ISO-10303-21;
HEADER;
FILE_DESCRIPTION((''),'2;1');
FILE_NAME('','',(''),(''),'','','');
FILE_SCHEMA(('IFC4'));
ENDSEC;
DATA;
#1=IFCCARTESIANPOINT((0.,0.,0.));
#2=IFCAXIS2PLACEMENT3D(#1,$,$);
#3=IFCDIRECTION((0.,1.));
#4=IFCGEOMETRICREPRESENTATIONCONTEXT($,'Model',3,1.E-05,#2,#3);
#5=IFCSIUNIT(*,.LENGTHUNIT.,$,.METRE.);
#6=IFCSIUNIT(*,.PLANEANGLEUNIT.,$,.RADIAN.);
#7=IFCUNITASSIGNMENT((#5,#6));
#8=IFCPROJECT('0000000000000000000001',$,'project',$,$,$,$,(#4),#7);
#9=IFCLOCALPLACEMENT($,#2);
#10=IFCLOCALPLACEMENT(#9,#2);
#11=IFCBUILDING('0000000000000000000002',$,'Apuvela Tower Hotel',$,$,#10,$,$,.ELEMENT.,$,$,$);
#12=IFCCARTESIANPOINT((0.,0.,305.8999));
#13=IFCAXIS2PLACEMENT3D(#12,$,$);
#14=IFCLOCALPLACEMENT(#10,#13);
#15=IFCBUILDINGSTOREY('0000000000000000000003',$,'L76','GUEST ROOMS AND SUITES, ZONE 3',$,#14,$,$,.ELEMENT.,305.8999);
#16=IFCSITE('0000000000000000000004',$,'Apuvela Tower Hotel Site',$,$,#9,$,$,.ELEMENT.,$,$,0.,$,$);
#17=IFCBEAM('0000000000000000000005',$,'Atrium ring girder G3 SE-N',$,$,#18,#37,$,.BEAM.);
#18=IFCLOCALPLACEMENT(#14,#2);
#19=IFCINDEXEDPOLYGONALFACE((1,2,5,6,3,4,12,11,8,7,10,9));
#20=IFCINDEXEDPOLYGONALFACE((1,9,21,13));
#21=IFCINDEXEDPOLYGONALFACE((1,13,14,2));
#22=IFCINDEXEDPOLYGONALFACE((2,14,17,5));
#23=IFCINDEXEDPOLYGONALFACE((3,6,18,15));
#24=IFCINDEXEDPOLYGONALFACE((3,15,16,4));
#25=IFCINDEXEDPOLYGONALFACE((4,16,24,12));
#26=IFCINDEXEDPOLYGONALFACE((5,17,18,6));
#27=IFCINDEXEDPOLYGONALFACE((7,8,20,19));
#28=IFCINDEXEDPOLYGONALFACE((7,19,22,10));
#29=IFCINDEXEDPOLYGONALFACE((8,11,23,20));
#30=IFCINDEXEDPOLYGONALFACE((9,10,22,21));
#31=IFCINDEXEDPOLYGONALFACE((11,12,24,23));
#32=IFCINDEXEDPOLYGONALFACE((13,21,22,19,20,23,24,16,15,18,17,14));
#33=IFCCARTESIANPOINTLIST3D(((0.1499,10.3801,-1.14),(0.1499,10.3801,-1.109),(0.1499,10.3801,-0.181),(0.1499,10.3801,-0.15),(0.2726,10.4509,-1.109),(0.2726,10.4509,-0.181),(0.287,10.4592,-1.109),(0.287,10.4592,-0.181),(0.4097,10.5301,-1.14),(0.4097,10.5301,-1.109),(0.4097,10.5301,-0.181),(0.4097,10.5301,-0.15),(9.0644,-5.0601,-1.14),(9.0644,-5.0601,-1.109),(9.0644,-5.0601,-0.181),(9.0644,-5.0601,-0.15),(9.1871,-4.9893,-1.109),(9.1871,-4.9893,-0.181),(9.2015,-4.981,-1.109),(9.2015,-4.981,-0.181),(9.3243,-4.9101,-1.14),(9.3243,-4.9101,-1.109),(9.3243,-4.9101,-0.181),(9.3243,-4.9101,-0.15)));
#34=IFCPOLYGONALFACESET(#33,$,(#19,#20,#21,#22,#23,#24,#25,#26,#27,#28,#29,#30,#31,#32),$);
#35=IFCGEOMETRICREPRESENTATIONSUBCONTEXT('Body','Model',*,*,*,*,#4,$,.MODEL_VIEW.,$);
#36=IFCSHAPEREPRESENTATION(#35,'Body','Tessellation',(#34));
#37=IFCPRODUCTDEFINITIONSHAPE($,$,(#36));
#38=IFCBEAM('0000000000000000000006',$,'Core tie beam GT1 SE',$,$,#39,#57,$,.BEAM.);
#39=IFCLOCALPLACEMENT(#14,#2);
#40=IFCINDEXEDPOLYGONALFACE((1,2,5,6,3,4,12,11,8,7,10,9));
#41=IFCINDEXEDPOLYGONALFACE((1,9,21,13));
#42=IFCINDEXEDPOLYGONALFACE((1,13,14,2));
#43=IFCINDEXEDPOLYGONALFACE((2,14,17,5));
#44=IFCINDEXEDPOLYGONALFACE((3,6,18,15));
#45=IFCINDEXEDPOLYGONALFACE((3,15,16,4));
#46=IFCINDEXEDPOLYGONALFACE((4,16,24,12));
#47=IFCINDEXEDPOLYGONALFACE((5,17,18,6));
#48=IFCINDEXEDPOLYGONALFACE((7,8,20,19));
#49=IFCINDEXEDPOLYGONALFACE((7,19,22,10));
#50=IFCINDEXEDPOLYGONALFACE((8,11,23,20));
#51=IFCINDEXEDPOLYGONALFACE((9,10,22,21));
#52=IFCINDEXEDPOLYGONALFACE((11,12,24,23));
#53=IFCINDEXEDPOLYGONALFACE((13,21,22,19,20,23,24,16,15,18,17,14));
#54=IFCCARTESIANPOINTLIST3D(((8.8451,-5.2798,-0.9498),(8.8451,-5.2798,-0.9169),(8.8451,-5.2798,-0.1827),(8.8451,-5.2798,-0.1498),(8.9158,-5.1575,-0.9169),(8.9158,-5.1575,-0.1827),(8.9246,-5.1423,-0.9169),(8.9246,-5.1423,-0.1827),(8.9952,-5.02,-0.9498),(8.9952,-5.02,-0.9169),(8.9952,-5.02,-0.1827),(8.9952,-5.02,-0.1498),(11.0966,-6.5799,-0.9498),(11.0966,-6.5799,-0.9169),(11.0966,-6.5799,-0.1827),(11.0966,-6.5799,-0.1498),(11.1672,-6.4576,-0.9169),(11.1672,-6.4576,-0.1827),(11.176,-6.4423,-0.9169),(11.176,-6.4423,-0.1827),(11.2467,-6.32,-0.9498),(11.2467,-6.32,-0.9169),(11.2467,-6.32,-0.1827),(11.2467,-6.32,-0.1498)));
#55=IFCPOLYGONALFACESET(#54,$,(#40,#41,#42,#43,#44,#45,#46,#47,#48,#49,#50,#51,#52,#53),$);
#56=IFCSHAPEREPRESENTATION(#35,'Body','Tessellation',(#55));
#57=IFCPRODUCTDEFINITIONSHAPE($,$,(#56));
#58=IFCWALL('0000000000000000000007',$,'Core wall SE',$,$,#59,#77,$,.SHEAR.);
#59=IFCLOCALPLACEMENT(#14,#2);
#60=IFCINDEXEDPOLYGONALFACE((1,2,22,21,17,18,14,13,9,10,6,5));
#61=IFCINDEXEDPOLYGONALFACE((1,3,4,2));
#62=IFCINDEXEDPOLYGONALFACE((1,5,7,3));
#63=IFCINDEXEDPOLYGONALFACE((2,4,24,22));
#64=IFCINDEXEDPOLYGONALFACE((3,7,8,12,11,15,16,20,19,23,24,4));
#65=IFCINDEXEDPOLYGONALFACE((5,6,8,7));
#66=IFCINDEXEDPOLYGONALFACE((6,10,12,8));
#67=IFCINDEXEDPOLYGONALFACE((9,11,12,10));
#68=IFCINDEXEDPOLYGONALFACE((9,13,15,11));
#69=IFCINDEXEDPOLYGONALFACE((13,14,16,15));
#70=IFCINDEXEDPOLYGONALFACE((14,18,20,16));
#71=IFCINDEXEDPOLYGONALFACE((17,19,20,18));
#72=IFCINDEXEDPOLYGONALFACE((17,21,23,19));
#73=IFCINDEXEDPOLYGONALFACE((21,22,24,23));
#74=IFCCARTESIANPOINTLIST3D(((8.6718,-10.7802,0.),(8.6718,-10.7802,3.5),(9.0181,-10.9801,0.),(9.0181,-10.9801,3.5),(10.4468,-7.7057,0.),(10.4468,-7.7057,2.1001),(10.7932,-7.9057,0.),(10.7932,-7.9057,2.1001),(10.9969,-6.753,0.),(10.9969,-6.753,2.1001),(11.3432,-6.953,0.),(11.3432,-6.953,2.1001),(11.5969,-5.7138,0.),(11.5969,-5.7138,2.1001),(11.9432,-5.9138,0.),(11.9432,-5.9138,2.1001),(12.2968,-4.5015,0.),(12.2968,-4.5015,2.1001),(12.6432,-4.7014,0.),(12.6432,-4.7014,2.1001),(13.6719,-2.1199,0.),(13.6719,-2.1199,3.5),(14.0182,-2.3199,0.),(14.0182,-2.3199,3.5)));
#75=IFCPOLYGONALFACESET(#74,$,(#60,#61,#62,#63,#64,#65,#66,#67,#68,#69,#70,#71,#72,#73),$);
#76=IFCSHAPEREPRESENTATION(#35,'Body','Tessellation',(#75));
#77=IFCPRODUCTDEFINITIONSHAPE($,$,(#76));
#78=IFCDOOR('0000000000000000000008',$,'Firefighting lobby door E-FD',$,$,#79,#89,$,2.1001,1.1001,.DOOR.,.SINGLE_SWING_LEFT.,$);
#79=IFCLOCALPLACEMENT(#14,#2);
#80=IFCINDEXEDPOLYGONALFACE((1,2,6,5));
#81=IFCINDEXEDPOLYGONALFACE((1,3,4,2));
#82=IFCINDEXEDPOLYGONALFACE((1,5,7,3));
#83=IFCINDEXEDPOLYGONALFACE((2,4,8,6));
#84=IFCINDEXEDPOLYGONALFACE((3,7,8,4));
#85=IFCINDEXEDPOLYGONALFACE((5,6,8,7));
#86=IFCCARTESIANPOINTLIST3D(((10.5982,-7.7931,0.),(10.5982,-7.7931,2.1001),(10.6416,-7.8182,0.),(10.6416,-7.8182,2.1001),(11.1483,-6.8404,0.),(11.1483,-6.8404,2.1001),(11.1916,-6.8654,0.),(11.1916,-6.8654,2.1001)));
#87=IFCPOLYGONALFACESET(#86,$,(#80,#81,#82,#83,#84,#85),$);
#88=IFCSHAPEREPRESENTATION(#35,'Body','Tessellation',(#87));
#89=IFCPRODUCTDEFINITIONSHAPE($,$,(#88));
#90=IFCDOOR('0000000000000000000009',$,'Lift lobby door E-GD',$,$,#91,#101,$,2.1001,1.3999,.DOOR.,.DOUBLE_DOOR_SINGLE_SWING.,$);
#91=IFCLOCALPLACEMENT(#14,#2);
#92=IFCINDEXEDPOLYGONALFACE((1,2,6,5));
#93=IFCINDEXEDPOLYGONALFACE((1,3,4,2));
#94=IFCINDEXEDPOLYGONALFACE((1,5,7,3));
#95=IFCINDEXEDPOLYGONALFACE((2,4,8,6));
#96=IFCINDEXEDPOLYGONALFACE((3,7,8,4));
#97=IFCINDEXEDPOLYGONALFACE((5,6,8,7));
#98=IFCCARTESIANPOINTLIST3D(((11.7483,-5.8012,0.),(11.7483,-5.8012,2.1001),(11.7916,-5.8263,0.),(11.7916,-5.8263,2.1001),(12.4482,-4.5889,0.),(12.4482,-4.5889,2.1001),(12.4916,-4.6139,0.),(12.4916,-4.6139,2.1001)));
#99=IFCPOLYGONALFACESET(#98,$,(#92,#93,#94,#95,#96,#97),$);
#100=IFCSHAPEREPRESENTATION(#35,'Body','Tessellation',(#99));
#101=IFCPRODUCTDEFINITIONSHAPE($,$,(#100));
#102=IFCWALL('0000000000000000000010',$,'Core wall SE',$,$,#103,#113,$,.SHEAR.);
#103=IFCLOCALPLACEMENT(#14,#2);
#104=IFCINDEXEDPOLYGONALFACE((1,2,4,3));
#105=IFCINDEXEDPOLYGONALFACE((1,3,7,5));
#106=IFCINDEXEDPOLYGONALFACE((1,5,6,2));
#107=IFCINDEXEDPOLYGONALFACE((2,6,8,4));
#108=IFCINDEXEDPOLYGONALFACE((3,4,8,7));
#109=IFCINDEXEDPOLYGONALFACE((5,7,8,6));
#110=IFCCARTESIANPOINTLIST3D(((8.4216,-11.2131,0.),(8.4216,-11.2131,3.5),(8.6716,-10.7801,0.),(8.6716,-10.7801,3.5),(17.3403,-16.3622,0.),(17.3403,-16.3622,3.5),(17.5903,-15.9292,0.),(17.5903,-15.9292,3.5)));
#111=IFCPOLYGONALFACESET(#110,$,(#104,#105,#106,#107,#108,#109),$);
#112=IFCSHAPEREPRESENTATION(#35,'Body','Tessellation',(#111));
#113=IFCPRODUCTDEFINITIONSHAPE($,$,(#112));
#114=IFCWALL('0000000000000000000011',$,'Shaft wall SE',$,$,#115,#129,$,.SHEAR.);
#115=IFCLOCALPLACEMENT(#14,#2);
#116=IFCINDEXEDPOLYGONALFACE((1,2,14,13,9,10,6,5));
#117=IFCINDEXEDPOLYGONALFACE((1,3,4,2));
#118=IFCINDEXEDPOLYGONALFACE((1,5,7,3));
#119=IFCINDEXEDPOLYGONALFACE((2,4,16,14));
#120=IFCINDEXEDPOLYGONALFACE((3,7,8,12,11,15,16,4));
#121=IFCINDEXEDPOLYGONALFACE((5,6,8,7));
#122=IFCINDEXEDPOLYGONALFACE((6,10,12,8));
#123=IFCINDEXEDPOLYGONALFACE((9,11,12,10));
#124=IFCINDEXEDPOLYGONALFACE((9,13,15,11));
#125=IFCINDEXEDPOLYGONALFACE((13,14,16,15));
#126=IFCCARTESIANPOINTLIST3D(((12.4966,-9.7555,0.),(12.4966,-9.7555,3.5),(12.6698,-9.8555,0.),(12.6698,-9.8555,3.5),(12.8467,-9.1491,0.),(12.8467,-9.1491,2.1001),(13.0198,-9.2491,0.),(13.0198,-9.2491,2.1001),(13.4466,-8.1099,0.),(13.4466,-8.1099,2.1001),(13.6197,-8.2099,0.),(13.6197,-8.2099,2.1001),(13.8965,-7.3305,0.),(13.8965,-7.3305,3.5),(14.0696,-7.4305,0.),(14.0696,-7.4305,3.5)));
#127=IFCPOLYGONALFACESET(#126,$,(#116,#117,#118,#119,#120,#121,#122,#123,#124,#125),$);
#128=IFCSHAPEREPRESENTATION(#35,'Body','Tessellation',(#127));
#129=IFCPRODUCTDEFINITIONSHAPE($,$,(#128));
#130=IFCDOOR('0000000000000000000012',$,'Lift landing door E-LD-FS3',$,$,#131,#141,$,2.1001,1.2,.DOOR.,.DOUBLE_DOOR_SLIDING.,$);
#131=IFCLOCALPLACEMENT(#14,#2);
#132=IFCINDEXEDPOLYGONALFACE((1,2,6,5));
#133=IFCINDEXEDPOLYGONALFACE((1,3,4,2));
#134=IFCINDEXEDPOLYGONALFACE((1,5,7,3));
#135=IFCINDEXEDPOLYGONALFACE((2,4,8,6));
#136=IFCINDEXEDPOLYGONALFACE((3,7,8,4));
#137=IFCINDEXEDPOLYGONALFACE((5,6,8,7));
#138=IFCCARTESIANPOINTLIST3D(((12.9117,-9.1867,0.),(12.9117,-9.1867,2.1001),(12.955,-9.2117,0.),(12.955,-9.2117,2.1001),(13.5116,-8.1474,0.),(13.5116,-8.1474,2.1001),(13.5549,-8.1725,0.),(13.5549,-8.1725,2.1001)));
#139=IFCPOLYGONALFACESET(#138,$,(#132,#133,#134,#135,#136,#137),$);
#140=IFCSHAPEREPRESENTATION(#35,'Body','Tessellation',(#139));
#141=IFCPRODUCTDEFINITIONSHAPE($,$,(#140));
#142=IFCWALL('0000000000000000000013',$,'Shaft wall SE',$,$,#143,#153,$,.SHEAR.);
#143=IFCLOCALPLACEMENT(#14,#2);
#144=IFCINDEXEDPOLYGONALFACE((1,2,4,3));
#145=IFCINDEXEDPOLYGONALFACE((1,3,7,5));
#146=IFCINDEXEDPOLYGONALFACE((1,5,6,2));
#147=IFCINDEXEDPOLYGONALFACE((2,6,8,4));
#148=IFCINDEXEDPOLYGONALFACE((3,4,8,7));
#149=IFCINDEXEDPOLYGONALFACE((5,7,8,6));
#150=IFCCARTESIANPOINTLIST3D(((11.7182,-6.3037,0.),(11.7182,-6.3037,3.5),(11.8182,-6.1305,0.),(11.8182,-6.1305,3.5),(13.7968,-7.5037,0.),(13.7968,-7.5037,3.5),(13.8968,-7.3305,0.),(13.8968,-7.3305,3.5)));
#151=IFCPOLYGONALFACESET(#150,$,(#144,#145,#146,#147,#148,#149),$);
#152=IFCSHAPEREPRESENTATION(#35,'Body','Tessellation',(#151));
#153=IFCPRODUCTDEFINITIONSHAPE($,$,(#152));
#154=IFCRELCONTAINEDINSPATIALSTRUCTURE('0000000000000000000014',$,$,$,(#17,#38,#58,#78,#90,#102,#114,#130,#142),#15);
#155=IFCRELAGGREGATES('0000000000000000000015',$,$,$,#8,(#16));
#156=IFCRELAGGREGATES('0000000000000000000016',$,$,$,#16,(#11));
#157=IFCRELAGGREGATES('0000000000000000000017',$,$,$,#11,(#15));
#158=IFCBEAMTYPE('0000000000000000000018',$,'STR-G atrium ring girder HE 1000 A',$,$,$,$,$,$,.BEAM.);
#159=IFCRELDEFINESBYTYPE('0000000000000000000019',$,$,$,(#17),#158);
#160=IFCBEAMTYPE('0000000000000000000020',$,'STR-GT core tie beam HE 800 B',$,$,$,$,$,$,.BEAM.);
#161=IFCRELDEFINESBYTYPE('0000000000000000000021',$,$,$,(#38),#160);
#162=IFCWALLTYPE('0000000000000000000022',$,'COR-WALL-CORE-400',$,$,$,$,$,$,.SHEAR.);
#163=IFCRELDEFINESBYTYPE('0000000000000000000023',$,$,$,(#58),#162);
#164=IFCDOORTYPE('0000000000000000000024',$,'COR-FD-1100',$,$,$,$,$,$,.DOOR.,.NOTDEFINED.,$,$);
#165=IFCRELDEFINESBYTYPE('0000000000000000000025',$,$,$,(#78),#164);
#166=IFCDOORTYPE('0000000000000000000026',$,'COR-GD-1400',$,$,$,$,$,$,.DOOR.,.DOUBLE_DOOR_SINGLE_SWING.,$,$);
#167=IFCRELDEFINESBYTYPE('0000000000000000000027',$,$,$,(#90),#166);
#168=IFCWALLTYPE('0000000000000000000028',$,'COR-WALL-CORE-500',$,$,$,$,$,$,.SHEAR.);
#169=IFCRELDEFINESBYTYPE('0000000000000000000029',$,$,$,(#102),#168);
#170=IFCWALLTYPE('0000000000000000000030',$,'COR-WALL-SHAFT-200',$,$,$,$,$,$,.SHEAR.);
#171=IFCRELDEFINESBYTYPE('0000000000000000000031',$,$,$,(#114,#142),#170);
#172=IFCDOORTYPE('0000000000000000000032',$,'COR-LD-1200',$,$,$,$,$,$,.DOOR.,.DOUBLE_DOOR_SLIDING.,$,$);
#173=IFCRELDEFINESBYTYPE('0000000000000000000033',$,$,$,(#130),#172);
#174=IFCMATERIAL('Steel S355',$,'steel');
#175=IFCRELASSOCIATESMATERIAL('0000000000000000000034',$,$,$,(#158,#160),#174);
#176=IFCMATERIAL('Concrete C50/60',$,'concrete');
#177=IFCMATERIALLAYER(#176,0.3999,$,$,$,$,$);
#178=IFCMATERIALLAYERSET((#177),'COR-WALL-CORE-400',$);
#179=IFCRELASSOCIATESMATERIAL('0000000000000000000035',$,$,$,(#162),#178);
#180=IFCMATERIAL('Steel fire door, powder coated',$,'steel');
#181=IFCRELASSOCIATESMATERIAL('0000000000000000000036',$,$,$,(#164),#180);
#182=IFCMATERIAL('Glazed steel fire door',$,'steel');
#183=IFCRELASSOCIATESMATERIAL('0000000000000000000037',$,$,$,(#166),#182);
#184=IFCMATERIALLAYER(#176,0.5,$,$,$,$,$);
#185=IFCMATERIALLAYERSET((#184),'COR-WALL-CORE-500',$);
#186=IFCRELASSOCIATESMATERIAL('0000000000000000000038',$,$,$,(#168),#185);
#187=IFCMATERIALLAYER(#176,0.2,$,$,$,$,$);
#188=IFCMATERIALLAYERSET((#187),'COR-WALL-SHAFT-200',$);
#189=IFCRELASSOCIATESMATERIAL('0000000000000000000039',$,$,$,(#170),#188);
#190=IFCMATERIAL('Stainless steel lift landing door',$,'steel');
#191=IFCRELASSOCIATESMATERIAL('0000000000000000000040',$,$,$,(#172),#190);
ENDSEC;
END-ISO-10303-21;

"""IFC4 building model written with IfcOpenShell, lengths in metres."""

from ifc_helpers import new_model, si_unit, direction, frame, frame_2d, origin, origin_2d, place, context, subcontext, project, spatial, rectangle, i_section, extrude, material, layer, layer_set, material_profile, profile_set, type_object, element, fill, save


model = new_model("IFC4")

# Units and contexts
model_context = context("Model", 3, precision=1e-05, world=origin(), true_north=direction((0.0, 1.0)))
body_context = subcontext(model_context, "Body", "Model", "MODEL_VIEW")
ifc_project = project(units=[si_unit("LENGTHUNIT", "METRE"), si_unit("PLANEANGLEUNIT", "RADIAN")], contexts=[model_context])

# Site, building, storey
site_placement = place(None, origin())
site = spatial("IfcSite", under=ifc_project, at=site_placement, Name="Apuvela Tower Hotel Site", CompositionType="ELEMENT", RefElevation=0.0)
building_placement = place(site_placement, origin())
building = spatial("IfcBuilding", under=site, at=building_placement, Name="Apuvela Tower Hotel", CompositionType="ELEMENT")
storey_placement = place(building_placement, frame((0.0, 0.0, 305.8999)))
storey = spatial("IfcBuildingStorey", under=building, at=storey_placement, Name="L76", Description="GUEST ROOMS AND SUITES, ZONE 3", CompositionType="ELEMENT", Elevation=305.8999)

# Beams
ifc_material_1 = material(Name="Steel S355", Category="steel")
ifc_material_profile_1 = material_profile(ifc_material_1, i_section(OverallWidth=0.3, OverallDepth=0.99, WebThickness=0.0166, FlangeThickness=0.031, at=origin_2d()), Name="HE 1000 A")
ifc_profile_set_1 = profile_set([ifc_material_profile_1], Name="Steel S355")
beam_type_1 = type_object("IfcBeamType", Name="STR-G atrium ring girder HE 1000 A", PredefinedType="BEAM", material=ifc_profile_set_1)
beam_1_placement = place(storey_placement, frame((9.1943, -4.9851, -0.645), z_axis=(-0.500007, 0.866022, 0.0), x_axis=(-0.866022, -0.500007, 0.0)))
element("IfcBeam", 1, at=beam_1_placement, inside=storey, type_object=beam_type_1, Name="Atrium ring girder G3 SE-N", PredefinedType="BEAM", context=body_context, shape_type="SweptSolid", body=[
    extrude(i_section(OverallWidth=0.3, OverallDepth=0.99, WebThickness=0.0166, FlangeThickness=0.031, at=origin_2d()), origin(), (0.0, 0.0, 1.0), 17.8289),
])
ifc_material_profile_2 = material_profile(ifc_material_1, i_section(OverallWidth=0.3, OverallDepth=0.8, WebThickness=0.0176, FlangeThickness=0.033, at=origin_2d()), Name="HE 800 B")
ifc_profile_set_2 = profile_set([ifc_material_profile_2], Name="Steel S355")
beam_type_2 = type_object("IfcBeamType", Name="STR-GT core tie beam HE 800 B", PredefinedType="BEAM", material=ifc_profile_set_2)
beam_2_placement = place(storey_placement, frame((11.1716, -6.45, -0.5498), z_axis=(-0.865998, 0.500048, 0.0), x_axis=(-0.500048, -0.865998, 0.0)))
element("IfcBeam", 2, at=beam_2_placement, inside=storey, type_object=beam_type_2, Name="Core tie beam GT1 SE", PredefinedType="BEAM", context=body_context, shape_type="SweptSolid", body=[
    extrude(i_section(OverallWidth=0.3, OverallDepth=0.8, WebThickness=0.0176, FlangeThickness=0.033, at=origin_2d()), origin(), (0.0, 0.0, 1.0), 2.5999),
])

# Wall, openings, doors
ifc_material_2 = material(Name="Concrete C50/60", Category="concrete")
ifc_layer_1 = layer(ifc_material_2, 0.3999)
ifc_layer_set_1 = layer_set([ifc_layer_1], Name="COR-WALL-CORE-400")
wall_type_1 = type_object("IfcWallType", Name="COR-WALL-CORE-400", PredefinedType="SHEAR", material=ifc_layer_set_1)
wall_1_placement = place(storey_placement, frame((8.845, -10.8801, 0.0), z_axis=(0.0, 0.0, 1.0), x_axis=(0.500004, 0.866023, 0.0)))
wall_1 = element("IfcWall", 3, at=wall_1_placement, inside=storey, type_object=wall_type_1, Name="Core wall SE", PredefinedType="SHEAR", context=body_context, shape_type="SweptSolid", body=[
    extrude(rectangle(XDim=10.0, YDim=0.3999, at=frame_2d((5.0, 0.0))), origin(), (0.0, 0.0, 1.0), 3.5),
])
opening_1_placement = place(wall_1_placement, frame((3.55, 0.0, 0.0)))
opening_1 = element("IfcOpeningElement", 4, at=opening_1_placement, cuts=wall_1, PredefinedType="OPENING", context=body_context, shape_type="SweptSolid", body=[
    extrude(rectangle(XDim=1.1001, YDim=2.1001, at=frame_2d((0.55, 1.05))), frame((0.0, 0.21, 0.0), z_axis=(0.0, -1.0, 0.0), x_axis=(1.0, 0.0, 0.0)), (0.0, 0.0, 1.0), 0.4199),
])
opening_2_placement = place(wall_1_placement, frame((5.8501, 0.0, 0.0)))
opening_2 = element("IfcOpeningElement", 5, at=opening_2_placement, cuts=wall_1, PredefinedType="OPENING", context=body_context, shape_type="SweptSolid", body=[
    extrude(rectangle(XDim=1.3999, YDim=2.1001, at=frame_2d((0.7, 1.05))), frame((0.0, 0.21, 0.0), z_axis=(0.0, -1.0, 0.0), x_axis=(1.0, 0.0, 0.0)), (0.0, 0.0, 1.0), 0.4199),
])
ifc_material_3 = material(Name="Steel fire door, powder coated", Category="steel")
door_type_1 = type_object("IfcDoorType", Name="COR-FD-1100", OperationType="NOTDEFINED", PredefinedType="DOOR", material=ifc_material_3)
door_1_placement = place(opening_1_placement, frame((1.1001, 0.0, 0.0), z_axis=(0.0, 0.0, 1.0), x_axis=(-1.0, 0.0, 0.0)))
door_1 = element("IfcDoor", 6, at=door_1_placement, inside=storey, type_object=door_type_1, Name="Firefighting lobby door E-FD", OperationType="SINGLE_SWING_LEFT", OverallHeight=2.1001, OverallWidth=1.1001, PredefinedType="DOOR", context=body_context, shape_type="SweptSolid", body=[
    extrude(rectangle(XDim=1.1001, YDim=2.1001, at=frame_2d((0.55, 1.05))), frame((0.0, 0.0249, 0.0), z_axis=(0.0, -1.0, 0.0), x_axis=(1.0, 0.0, 0.0)), (0.0, 0.0, 1.0), 0.05),
])
fill(opening_1, door_1)
ifc_material_4 = material(Name="Glazed steel fire door", Category="steel")
door_type_2 = type_object("IfcDoorType", Name="COR-GD-1400", OperationType="DOUBLE_DOOR_SINGLE_SWING", PredefinedType="DOOR", material=ifc_material_4)
door_2_placement = place(opening_2_placement, frame((1.3999, 0.0, 0.0), z_axis=(0.0, 0.0, 1.0), x_axis=(-1.0, 0.0, 0.0)))
door_2 = element("IfcDoor", 7, at=door_2_placement, inside=storey, type_object=door_type_2, Name="Lift lobby door E-GD", OperationType="DOUBLE_DOOR_SINGLE_SWING", OverallHeight=2.1001, OverallWidth=1.3999, PredefinedType="DOOR", context=body_context, shape_type="SweptSolid", body=[
    extrude(rectangle(XDim=1.3999, YDim=2.1001, at=frame_2d((0.7, 1.05))), frame((0.0, 0.0249, 0.0), z_axis=(0.0, -1.0, 0.0), x_axis=(1.0, 0.0, 0.0)), (0.0, 0.0, 1.0), 0.05),
])
fill(opening_2, door_2)

# Wall
ifc_layer_2 = layer(ifc_material_2, 0.5)
ifc_layer_set_2 = layer_set([ifc_layer_2], Name="COR-WALL-CORE-500")
wall_type_2 = type_object("IfcWallType", Name="COR-WALL-CORE-500", PredefinedType="SHEAR", material=ifc_layer_set_2)
wall_2_placement = place(storey_placement, frame((8.5466, -10.9966, 0.0), z_axis=(0.0, 0.0, 1.0), x_axis=(0.866027, -0.499997, 0.0)))
element("IfcWall", 8, at=wall_2_placement, inside=storey, type_object=wall_type_2, Name="Core wall SE", PredefinedType="SHEAR", context=body_context, shape_type="SweptSolid", body=[
    extrude(rectangle(XDim=10.2983, YDim=0.5, at=frame_2d((5.1492, 0.0))), origin(), (0.0, 0.0, 1.0), 3.5),
])

# Wall, opening, door
ifc_layer_3 = layer(ifc_material_2, 0.2)
ifc_layer_set_3 = layer_set([ifc_layer_3], Name="COR-WALL-SHAFT-200")
wall_type_3 = type_object("IfcWallType", Name="COR-WALL-SHAFT-200", PredefinedType="SHEAR", material=ifc_layer_set_3)
wall_3_placement = place(storey_placement, frame((12.5833, -9.8054, 0.0), z_axis=(0.0, 0.0, 1.0), x_axis=(0.499946, 0.866056, 0.0)))
wall_3 = element("IfcWall", 9, at=wall_3_placement, inside=storey, type_object=wall_type_3, Name="Shaft wall SE", PredefinedType="SHEAR", context=body_context, shape_type="SweptSolid", body=[
    extrude(rectangle(XDim=2.8, YDim=0.2, at=frame_2d((1.3999, 0.0))), origin(), (0.0, 0.0, 1.0), 3.5),
])
opening_3_placement = place(wall_3_placement, frame((0.7, 0.0, 0.0)))
opening_3 = element("IfcOpeningElement", 10, at=opening_3_placement, cuts=wall_3, PredefinedType="OPENING", context=body_context, shape_type="SweptSolid", body=[
    extrude(rectangle(XDim=1.2, YDim=2.1001, at=frame_2d((0.6001, 1.05))), frame((0.0, 0.1099, 0.0), z_axis=(0.0, -1.0, 0.0), x_axis=(1.0, 0.0, 0.0)), (0.0, 0.0, 1.0), 0.22),
])
ifc_material_5 = material(Name="Stainless steel lift landing door", Category="steel")
door_type_3 = type_object("IfcDoorType", Name="COR-LD-1200", OperationType="DOUBLE_DOOR_SLIDING", PredefinedType="DOOR", material=ifc_material_5)
door_3_placement = place(opening_3_placement, origin())
door_3 = element("IfcDoor", 11, at=door_3_placement, inside=storey, type_object=door_type_3, Name="Lift landing door E-LD-FS3", OperationType="DOUBLE_DOOR_SLIDING", OverallHeight=2.1001, OverallWidth=1.2, PredefinedType="DOOR", context=body_context, shape_type="SweptSolid", body=[
    extrude(rectangle(XDim=1.2, YDim=2.1001, at=frame_2d((0.6001, 1.05))), frame((0.0, 0.0249, 0.0), z_axis=(0.0, -1.0, 0.0), x_axis=(1.0, 0.0, 0.0)), (0.0, 0.0, 1.0), 0.05),
])
fill(opening_3, door_3)

# Wall
wall_4_placement = place(storey_placement, frame((11.7681, -6.217, 0.0), z_axis=(0.0, 0.0, 1.0), x_axis=(0.86605, -0.499957, 0.0)))
element("IfcWall", 12, at=wall_4_placement, inside=storey, type_object=wall_type_3, Name="Shaft wall SE", PredefinedType="SHEAR", context=body_context, shape_type="SweptSolid", body=[
    extrude(rectangle(XDim=2.4001, YDim=0.2, at=frame_2d((1.2002, 0.0))), origin(), (0.0, 0.0, 1.0), 3.5),
])

save(model, "model.ifc")
